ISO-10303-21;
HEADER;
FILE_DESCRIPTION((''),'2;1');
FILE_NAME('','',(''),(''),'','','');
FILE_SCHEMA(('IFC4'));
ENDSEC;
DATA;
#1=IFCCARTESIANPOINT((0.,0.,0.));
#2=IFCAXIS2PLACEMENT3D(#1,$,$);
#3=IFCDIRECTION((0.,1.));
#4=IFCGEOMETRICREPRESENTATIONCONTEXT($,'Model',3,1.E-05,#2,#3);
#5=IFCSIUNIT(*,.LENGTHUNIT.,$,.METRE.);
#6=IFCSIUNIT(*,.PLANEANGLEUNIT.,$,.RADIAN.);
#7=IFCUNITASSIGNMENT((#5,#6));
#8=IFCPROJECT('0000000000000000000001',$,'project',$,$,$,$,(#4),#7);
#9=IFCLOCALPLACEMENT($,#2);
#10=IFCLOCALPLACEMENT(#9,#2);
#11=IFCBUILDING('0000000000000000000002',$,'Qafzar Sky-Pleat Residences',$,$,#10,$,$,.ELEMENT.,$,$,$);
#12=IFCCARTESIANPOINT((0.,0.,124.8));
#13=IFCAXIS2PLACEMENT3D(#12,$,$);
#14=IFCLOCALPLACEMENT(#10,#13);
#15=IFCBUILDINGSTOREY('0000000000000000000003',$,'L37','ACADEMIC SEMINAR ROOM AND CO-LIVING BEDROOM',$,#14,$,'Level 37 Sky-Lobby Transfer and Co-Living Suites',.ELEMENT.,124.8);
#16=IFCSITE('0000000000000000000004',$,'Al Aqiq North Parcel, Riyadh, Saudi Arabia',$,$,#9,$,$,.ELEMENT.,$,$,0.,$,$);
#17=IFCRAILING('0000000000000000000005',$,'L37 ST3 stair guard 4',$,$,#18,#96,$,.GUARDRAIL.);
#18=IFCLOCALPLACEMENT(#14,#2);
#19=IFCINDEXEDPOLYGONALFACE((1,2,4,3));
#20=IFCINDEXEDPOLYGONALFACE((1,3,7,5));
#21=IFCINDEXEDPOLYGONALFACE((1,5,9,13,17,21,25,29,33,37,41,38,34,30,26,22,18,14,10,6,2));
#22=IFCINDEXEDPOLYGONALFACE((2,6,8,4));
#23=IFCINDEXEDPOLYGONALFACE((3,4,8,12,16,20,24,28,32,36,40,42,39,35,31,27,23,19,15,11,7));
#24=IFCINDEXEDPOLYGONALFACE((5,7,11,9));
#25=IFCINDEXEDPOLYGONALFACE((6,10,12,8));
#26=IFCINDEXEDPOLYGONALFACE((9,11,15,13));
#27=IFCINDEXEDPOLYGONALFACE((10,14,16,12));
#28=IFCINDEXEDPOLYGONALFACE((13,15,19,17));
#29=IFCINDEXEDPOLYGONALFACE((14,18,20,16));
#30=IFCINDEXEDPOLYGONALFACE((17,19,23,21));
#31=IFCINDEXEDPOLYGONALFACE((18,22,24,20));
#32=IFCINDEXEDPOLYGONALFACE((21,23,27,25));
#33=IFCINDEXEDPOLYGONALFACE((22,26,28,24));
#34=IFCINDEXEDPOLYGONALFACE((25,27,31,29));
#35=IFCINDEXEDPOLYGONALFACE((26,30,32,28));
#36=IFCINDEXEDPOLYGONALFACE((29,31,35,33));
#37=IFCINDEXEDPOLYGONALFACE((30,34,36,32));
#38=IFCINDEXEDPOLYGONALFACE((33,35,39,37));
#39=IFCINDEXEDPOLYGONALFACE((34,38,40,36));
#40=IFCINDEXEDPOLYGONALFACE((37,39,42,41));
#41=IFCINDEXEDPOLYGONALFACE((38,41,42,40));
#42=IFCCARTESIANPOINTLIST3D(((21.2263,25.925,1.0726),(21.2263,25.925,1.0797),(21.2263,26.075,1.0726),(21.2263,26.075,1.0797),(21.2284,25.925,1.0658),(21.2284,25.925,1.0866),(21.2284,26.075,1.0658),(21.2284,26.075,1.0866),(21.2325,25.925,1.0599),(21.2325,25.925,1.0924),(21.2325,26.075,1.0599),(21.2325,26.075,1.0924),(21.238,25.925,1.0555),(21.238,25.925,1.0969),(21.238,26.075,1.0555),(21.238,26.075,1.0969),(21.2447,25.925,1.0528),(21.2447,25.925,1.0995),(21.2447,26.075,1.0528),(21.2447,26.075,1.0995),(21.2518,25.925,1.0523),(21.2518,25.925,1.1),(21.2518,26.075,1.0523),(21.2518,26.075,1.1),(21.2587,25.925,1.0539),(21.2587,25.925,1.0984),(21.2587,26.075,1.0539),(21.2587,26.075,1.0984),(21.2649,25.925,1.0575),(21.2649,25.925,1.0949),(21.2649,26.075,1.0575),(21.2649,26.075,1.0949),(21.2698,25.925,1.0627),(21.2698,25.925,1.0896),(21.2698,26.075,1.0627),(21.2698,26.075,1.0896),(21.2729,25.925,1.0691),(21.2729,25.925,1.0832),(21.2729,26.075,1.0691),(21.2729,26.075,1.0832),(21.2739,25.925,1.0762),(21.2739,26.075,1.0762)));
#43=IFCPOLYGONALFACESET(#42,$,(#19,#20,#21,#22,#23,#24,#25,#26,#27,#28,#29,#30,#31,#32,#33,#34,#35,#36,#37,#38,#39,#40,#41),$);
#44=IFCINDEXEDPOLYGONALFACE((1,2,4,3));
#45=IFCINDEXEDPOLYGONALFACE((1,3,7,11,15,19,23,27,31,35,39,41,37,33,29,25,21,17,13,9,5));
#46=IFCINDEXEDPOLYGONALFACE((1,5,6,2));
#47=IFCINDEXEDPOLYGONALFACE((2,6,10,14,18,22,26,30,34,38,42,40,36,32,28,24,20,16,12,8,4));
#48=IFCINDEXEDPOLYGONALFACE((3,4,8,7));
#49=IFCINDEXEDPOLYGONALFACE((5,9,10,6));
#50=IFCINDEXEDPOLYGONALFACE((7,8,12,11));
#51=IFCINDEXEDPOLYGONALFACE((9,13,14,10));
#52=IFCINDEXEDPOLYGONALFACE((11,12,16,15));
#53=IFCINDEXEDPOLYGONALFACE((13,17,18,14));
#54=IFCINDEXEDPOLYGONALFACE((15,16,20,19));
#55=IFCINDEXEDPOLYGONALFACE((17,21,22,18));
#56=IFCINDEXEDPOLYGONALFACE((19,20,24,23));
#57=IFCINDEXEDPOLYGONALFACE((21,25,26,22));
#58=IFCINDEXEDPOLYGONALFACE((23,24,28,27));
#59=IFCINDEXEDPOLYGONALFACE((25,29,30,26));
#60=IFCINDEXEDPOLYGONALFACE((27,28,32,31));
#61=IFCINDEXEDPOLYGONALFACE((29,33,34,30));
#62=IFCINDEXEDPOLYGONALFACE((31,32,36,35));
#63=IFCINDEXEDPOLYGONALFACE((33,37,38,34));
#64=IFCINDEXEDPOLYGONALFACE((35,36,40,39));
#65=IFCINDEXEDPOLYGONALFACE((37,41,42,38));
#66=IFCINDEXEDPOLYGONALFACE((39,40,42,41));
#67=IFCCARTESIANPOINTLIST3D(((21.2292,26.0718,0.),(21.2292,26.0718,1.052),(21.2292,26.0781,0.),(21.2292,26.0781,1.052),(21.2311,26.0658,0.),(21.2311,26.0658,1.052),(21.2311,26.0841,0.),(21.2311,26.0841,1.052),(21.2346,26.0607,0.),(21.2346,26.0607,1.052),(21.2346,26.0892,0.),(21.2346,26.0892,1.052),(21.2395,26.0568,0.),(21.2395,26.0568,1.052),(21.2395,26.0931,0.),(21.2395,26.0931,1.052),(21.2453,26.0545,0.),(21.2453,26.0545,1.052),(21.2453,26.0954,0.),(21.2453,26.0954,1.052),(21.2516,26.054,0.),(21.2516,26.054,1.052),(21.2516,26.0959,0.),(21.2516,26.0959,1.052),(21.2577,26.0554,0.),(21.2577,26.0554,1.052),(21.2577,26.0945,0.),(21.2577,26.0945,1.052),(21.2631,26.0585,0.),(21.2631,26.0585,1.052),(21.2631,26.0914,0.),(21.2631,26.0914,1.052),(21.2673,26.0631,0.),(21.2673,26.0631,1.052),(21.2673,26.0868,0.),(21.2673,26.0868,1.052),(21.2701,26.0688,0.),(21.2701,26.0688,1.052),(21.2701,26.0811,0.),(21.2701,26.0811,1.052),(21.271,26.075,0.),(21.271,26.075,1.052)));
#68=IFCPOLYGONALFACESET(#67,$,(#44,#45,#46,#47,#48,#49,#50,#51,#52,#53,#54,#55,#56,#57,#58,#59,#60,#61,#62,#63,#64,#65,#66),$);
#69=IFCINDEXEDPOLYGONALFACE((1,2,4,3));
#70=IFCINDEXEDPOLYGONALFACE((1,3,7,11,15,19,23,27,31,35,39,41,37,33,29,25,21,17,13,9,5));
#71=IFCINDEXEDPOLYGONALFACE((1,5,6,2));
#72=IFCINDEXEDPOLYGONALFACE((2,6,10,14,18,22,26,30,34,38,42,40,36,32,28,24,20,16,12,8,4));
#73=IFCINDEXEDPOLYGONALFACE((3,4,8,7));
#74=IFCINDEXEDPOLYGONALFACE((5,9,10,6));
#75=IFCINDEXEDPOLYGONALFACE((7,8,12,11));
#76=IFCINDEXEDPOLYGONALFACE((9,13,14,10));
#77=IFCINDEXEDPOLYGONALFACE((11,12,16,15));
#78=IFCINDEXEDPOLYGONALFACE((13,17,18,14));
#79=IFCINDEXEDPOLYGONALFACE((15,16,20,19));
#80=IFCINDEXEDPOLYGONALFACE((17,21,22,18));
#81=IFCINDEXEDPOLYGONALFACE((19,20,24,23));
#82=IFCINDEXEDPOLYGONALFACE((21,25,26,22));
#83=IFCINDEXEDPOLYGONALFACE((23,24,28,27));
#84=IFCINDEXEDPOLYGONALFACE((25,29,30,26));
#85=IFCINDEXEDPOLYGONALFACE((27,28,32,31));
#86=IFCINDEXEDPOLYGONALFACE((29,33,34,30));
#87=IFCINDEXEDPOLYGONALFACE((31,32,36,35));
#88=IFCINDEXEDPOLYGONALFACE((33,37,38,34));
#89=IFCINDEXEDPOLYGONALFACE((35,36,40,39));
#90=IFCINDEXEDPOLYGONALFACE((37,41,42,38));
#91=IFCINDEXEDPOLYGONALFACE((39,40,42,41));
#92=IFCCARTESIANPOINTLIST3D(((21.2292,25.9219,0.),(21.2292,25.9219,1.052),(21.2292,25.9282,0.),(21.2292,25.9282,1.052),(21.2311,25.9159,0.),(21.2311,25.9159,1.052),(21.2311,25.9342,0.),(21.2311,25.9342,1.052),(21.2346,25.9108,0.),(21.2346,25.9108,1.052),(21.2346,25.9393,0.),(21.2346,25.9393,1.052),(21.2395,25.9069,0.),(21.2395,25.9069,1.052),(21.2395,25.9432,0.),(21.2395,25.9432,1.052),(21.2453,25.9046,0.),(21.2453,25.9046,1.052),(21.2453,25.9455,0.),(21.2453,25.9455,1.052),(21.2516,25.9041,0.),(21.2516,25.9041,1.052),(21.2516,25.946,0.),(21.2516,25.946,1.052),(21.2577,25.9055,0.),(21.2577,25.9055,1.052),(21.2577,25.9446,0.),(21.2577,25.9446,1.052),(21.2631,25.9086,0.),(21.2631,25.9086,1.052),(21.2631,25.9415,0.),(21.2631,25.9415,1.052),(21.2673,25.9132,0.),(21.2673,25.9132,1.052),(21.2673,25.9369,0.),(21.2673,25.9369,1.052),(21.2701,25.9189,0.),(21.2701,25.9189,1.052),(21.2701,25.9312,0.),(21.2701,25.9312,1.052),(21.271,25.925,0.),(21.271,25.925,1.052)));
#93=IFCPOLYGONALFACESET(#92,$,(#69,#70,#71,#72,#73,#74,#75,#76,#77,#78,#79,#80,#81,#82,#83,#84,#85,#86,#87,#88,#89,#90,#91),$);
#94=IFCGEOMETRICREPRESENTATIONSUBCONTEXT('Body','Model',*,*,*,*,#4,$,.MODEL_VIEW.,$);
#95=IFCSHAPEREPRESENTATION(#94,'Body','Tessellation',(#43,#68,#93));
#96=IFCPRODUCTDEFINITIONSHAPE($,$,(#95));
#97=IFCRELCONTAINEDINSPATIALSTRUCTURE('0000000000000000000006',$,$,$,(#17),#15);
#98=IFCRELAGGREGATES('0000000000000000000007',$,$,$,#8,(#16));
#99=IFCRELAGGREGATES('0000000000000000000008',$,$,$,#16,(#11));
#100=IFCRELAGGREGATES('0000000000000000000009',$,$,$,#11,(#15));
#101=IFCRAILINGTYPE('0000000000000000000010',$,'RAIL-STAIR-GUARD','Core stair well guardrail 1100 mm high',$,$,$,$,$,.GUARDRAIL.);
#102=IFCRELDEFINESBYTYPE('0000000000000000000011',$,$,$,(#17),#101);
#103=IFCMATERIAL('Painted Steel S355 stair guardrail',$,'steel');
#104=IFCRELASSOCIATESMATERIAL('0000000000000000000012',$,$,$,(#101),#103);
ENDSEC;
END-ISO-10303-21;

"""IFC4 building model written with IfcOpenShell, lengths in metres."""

from ifc_helpers import new_model, si_unit, direction, frame, origin, origin_2d, place, context, subcontext, project, spatial, circle, extrude, source, transform, mapped, material, type_object, element, save


model = new_model("IFC4")

# Units and contexts
model_context = context("Model", 3, precision=1e-05, world=origin(), true_north=direction((0.0, 1.0)))
body_context = subcontext(model_context, "Body", "Model", "MODEL_VIEW")
ifc_project = project(units=[si_unit("LENGTHUNIT", "METRE"), si_unit("PLANEANGLEUNIT", "RADIAN")], contexts=[model_context])

# Site, building, storey
site_placement = place(None, origin())
site = spatial("IfcSite", under=ifc_project, at=site_placement, Name="Al Aqiq North Parcel, Riyadh, Saudi Arabia", CompositionType="ELEMENT", RefElevation=0.0)
building_placement = place(site_placement, origin())
building = spatial("IfcBuilding", under=site, at=building_placement, Name="Qafzar Sky-Pleat Residences", CompositionType="ELEMENT")
storey_placement = place(building_placement, frame((0.0, 0.0, 124.8)))
storey = spatial("IfcBuildingStorey", under=building, at=storey_placement, Name="L37", Description="ACADEMIC SEMINAR ROOM AND CO-LIVING BEDROOM", LongName="Level 37 Sky-Lobby Transfer and Co-Living Suites", CompositionType="ELEMENT", Elevation=124.8)

# Railing
ifc_material_1 = material(Name="Painted Steel S355 stair guardrail", Category="steel")
railing_type_1 = type_object("IfcRailingType", Name="RAIL-STAIR-GUARD", Description="Core stair well guardrail 1100 mm high", PredefinedType="GUARDRAIL", material=ifc_material_1)
shared_shape_1 = source(origin(), body_context, "Body", "SweptSolid", [
    extrude(circle(Radius=0.0239, at=origin_2d()), frame((0.0, 0.0, 1.0762), z_axis=(0.0, -1.0, 0.0), x_axis=(1.0, 0.0, 0.0)), (0.0, 0.0, 1.0), 0.1499),
    extrude(circle(Radius=0.021, at=origin_2d()), origin(), (0.0, 0.0, 1.0), 1.052),
    extrude(circle(Radius=0.021, at=origin_2d()), frame((0.0, -0.1499, 0.0)), (0.0, 0.0, 1.0), 1.052),
])
for number, where, name in (
    (1, (21.25, 26.075, 0.0), "L37 ST3 stair guard 4"),
):
    element("IfcRailing", number, at=place(storey_placement, frame(where)), inside=storey, type_object=railing_type_1, Name=name, PredefinedType="GUARDRAIL", context=body_context, shape_type="MappedRepresentation", body=[
        mapped(shared_shape_1, transform((0.0, 0.0, 0.0), x_axis=(1.0, 0.0, 0.0), y_axis=(0.0, 1.0, 0.0), z_axis=(0.0, 0.0, 1.0), scale=1.0)),
    ])

save(model, "model.ifc")
